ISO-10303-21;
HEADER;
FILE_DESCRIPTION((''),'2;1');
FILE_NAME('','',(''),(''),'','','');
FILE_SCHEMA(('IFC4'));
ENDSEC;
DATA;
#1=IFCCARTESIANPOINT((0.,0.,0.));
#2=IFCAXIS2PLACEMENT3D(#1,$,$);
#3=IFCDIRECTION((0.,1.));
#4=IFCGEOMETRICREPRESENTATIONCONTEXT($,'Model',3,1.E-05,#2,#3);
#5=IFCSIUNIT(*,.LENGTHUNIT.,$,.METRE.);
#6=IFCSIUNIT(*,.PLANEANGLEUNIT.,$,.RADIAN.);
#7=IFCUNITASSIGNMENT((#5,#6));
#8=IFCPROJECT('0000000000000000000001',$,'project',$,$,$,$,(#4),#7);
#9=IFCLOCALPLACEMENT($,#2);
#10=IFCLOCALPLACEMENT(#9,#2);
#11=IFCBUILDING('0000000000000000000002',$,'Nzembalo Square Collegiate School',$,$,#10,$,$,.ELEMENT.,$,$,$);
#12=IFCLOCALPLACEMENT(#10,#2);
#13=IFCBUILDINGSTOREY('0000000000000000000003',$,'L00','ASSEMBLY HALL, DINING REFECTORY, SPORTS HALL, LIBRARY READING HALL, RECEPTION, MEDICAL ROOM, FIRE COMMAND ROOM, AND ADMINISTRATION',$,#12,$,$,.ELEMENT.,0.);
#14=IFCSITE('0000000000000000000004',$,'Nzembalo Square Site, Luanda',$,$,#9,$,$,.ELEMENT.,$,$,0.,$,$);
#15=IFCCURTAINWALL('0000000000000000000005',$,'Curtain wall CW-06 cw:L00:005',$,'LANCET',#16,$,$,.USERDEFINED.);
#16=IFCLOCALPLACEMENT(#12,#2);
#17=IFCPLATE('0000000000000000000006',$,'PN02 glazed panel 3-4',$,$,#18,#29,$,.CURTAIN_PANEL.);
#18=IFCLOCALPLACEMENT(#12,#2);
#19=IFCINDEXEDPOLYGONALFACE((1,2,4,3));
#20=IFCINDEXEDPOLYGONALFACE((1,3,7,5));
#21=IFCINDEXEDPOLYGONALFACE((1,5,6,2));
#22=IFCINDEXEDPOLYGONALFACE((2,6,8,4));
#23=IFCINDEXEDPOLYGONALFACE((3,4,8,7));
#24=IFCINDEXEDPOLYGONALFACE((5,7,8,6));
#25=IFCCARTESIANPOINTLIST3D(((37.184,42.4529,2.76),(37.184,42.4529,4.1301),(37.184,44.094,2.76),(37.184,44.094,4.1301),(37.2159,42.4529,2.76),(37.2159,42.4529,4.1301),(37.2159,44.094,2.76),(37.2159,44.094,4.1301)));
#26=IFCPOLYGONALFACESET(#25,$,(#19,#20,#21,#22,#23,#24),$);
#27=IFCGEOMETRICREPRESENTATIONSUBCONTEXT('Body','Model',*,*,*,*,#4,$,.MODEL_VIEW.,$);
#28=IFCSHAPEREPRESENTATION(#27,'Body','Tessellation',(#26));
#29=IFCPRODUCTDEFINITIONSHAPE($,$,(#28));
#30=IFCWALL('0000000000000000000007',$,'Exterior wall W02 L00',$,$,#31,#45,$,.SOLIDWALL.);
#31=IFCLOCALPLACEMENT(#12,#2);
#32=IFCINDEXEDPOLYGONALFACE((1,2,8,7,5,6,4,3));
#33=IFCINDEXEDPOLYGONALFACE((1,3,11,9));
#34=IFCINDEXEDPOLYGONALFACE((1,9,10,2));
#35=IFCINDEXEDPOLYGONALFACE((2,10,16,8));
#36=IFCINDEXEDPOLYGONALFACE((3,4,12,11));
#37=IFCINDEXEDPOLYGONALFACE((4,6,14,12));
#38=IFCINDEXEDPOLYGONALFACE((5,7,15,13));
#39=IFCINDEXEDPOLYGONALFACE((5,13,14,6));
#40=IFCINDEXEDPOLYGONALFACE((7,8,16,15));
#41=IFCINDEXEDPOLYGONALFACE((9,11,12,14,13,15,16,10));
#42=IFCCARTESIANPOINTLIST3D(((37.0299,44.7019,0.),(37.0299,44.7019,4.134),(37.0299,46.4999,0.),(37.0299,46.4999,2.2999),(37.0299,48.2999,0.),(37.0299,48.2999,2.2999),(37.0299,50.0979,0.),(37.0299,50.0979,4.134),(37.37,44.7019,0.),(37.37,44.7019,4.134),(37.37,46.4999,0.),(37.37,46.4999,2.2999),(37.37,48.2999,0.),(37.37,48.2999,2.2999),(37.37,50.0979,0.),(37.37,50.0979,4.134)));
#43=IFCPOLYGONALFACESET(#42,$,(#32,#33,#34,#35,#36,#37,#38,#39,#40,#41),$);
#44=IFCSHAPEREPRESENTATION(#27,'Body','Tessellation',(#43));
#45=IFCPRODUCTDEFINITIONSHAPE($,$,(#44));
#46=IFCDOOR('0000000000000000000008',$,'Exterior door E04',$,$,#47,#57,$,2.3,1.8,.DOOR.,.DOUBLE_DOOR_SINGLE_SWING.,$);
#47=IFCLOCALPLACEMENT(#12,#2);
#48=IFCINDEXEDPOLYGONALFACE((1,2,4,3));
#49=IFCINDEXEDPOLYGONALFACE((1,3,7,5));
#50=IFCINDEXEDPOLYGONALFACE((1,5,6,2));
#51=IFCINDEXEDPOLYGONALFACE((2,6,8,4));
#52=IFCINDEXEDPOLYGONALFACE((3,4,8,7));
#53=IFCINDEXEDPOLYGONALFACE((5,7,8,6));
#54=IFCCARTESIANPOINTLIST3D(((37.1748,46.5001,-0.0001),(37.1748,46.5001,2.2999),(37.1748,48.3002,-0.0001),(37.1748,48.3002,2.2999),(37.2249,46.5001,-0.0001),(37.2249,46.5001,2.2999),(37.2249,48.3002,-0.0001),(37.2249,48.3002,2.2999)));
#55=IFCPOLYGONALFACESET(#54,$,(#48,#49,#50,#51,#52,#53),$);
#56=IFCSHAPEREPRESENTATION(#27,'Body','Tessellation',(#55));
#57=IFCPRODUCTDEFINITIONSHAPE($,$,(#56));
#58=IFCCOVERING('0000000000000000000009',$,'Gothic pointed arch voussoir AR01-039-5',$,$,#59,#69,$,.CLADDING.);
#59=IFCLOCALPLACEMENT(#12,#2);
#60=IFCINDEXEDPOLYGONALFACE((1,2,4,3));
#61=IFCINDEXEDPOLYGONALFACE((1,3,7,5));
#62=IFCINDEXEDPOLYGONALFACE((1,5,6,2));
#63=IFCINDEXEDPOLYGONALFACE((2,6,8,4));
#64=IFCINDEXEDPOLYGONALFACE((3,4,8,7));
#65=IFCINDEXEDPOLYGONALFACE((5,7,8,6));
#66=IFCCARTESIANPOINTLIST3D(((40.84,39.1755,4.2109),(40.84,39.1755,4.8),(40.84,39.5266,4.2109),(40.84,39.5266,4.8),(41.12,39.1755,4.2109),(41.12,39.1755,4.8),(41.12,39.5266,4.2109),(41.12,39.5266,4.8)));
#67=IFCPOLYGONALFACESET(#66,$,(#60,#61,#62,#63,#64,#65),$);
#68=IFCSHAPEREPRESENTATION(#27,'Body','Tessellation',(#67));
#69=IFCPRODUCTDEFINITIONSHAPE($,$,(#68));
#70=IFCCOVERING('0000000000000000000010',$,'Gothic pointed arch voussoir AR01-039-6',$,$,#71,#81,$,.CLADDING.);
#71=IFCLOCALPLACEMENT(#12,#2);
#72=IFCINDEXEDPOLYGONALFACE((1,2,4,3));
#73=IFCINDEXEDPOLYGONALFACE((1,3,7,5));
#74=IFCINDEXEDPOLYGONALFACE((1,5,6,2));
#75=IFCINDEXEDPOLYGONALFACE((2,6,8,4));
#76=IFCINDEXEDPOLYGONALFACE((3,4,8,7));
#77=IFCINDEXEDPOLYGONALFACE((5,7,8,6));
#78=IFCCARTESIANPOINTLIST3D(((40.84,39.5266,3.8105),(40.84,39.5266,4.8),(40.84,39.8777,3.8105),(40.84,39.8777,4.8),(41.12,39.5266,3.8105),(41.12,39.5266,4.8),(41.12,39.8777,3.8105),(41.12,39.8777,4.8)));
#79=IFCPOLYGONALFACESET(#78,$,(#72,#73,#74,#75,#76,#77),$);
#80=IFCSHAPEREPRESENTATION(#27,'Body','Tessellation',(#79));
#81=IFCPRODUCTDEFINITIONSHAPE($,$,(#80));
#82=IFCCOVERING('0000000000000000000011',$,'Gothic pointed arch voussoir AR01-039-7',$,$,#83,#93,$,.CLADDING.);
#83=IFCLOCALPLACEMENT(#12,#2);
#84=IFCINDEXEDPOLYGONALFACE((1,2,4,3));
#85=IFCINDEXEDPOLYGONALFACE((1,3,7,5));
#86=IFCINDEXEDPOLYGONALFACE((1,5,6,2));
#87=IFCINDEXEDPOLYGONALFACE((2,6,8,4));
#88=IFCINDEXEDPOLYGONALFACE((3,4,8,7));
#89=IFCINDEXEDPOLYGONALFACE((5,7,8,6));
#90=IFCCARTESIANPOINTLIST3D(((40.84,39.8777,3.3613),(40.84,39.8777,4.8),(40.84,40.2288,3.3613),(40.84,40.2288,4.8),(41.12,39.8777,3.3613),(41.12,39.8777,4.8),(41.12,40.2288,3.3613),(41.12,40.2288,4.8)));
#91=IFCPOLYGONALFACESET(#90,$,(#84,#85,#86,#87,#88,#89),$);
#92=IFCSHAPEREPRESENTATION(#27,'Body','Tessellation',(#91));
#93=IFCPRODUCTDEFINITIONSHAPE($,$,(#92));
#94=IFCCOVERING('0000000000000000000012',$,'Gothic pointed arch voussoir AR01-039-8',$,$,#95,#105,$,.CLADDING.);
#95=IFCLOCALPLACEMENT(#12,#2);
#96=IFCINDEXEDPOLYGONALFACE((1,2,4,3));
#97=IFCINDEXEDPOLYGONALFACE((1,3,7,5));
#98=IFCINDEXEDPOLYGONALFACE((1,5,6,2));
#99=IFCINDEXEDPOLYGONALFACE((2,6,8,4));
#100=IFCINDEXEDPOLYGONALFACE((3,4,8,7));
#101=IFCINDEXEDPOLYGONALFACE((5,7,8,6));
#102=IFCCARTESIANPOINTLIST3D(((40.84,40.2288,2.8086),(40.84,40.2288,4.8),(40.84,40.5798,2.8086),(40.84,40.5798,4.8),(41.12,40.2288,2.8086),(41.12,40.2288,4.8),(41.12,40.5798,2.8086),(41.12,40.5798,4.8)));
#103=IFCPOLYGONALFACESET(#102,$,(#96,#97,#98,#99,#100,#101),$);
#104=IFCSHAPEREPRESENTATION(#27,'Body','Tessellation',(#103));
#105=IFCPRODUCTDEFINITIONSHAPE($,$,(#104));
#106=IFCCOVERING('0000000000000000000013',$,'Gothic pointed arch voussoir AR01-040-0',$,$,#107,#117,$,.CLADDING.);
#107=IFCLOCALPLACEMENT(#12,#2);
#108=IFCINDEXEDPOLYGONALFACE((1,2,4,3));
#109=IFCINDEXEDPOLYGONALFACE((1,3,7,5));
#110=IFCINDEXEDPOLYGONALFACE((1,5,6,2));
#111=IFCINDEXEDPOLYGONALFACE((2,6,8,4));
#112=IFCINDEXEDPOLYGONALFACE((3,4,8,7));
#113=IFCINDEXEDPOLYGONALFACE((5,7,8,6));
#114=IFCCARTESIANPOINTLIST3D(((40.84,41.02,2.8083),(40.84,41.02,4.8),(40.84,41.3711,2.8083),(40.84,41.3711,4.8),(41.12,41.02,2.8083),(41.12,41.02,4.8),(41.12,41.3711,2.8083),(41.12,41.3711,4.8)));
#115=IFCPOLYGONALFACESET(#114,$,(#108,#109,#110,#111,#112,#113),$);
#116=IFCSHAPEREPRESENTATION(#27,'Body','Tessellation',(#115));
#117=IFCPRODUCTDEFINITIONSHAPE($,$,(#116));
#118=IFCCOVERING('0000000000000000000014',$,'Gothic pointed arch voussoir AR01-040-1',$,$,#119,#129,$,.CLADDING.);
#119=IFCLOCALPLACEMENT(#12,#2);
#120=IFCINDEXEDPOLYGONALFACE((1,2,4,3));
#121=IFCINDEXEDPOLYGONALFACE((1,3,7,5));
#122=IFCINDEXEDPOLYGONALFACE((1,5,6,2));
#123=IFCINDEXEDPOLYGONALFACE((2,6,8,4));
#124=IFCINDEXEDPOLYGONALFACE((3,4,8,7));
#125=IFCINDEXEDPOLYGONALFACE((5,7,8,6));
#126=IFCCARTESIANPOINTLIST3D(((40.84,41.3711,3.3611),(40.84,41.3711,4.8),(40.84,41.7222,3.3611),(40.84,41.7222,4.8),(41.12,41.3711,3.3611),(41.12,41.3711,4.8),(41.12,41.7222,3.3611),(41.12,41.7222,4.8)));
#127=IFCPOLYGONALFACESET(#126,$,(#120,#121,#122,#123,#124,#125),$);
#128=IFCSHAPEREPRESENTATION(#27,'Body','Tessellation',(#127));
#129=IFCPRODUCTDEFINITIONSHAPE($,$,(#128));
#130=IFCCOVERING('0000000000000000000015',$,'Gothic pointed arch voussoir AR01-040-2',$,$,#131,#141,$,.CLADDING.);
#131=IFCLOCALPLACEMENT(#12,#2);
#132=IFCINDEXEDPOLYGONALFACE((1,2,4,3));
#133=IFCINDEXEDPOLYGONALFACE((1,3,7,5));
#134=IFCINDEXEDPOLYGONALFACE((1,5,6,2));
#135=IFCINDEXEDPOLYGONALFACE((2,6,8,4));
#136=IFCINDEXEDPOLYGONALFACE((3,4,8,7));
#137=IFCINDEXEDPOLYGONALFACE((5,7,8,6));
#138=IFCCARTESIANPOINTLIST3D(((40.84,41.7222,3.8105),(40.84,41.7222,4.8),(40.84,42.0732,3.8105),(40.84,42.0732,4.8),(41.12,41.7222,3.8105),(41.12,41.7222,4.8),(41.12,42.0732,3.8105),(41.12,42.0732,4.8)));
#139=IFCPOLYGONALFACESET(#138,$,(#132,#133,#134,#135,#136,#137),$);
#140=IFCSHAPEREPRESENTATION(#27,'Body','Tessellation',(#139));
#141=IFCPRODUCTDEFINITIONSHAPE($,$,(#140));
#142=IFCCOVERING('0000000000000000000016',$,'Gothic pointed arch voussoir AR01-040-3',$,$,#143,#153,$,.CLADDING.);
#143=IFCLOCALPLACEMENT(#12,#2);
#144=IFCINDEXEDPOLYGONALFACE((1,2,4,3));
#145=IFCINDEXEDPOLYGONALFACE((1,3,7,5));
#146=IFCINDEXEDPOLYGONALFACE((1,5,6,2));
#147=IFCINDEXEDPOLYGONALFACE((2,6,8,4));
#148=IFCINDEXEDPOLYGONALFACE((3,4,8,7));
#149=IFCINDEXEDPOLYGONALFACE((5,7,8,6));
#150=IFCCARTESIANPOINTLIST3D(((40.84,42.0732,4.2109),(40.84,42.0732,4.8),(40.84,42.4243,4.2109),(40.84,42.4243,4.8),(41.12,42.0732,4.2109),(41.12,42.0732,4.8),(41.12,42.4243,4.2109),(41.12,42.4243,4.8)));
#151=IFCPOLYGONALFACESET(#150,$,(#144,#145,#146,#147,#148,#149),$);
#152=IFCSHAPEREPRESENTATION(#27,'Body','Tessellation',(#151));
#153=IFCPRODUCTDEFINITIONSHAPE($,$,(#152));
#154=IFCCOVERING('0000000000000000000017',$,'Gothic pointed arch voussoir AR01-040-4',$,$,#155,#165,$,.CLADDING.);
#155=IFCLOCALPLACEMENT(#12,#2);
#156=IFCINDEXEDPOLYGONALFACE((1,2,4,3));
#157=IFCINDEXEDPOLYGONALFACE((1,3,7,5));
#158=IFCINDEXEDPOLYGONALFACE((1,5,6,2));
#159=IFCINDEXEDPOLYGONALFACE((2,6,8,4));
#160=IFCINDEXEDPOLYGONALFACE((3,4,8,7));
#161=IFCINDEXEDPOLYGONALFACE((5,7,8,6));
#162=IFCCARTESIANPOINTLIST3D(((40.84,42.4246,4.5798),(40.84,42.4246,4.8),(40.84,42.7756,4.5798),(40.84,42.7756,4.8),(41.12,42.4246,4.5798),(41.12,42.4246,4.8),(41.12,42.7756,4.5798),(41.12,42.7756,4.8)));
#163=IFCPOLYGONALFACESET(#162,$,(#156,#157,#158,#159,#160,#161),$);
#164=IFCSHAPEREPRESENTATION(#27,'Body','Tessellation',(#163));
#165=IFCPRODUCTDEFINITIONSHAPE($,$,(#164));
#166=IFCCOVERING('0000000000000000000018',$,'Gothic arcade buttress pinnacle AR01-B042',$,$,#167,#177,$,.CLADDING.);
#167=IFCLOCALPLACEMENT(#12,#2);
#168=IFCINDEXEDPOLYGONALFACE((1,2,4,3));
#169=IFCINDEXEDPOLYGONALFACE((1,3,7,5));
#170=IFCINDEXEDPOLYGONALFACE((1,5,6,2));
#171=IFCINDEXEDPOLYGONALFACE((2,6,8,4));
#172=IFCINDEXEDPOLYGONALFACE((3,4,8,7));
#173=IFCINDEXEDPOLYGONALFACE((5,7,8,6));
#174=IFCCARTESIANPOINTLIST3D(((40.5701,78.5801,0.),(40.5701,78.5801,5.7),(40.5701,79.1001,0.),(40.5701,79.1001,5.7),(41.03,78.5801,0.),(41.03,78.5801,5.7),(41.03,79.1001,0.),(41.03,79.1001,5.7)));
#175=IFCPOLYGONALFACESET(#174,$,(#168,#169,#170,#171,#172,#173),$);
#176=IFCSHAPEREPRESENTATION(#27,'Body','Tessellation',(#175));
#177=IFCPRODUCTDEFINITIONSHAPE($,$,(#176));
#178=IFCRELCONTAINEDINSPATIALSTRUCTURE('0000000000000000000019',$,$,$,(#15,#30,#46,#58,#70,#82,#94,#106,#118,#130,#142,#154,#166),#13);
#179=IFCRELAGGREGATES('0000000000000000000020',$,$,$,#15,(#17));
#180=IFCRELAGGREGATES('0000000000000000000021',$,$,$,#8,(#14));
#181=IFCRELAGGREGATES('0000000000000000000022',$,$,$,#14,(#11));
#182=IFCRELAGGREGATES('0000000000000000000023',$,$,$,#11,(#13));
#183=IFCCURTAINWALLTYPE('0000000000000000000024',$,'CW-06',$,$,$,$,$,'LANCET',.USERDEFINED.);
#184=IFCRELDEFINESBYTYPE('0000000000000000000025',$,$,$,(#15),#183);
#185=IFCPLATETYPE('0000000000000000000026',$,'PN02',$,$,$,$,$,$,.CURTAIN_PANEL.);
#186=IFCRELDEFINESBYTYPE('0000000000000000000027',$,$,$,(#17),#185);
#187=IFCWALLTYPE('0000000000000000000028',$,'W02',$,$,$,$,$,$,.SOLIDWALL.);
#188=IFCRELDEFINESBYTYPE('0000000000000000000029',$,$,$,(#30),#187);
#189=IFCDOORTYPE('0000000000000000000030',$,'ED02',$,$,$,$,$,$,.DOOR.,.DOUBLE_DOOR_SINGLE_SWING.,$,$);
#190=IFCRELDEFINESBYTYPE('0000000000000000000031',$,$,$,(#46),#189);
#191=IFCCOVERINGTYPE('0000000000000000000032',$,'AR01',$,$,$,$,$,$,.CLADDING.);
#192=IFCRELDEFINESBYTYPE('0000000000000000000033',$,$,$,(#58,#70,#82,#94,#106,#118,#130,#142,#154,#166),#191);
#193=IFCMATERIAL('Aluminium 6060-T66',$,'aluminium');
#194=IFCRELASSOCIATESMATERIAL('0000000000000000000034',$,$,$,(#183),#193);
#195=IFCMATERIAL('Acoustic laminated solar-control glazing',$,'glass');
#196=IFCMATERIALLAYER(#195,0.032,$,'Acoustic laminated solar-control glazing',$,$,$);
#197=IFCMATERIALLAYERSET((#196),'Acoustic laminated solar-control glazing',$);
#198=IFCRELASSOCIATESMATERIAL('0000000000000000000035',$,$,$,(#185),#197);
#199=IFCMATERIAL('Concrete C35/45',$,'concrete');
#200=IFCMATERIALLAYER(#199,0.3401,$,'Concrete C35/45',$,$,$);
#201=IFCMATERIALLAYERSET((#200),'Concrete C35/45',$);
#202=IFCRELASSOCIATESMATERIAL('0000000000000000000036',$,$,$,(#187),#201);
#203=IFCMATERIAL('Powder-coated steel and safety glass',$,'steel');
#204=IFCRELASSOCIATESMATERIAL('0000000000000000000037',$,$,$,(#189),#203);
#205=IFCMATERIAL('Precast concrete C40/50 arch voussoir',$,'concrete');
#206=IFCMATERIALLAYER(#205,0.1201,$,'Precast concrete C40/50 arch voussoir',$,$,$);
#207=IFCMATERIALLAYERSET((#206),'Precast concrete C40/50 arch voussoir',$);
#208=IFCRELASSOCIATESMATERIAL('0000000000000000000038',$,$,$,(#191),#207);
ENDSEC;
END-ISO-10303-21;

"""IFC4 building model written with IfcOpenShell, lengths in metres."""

from ifc_helpers import new_model, si_unit, direction, frame, frame_2d, origin, origin_2d, place, context, subcontext, project, spatial, rectangle, extrude, material, layer, layer_set, type_object, element, fill, aggregate, save


model = new_model("IFC4")

# Units and contexts
model_context = context("Model", 3, precision=1e-05, world=origin(), true_north=direction((0.0, 1.0)))
body_context = subcontext(model_context, "Body", "Model", "MODEL_VIEW")
ifc_project = project(units=[si_unit("LENGTHUNIT", "METRE"), si_unit("PLANEANGLEUNIT", "RADIAN")], contexts=[model_context])

# Site, building, storey
site_placement = place(None, origin())
site = spatial("IfcSite", under=ifc_project, at=site_placement, Name="Nzembalo Square Site, Luanda", CompositionType="ELEMENT", RefElevation=0.0)
building_placement = place(site_placement, origin())
building = spatial("IfcBuilding", under=site, at=building_placement, Name="Nzembalo Square Collegiate School", CompositionType="ELEMENT")
storey_placement = place(building_placement, origin())
storey = spatial("IfcBuildingStorey", under=building, at=storey_placement, Name="L00", Description="ASSEMBLY HALL, DINING REFECTORY, SPORTS HALL, LIBRARY READING HALL, RECEPTION, MEDICAL ROOM, FIRE COMMAND ROOM, AND ADMINISTRATION", CompositionType="ELEMENT", Elevation=0.0)

# Curtain wall, plate
ifc_material_1 = material(Name="Aluminium 6060-T66", Category="aluminium")
curtain_wall_type = type_object("IfcCurtainWallType", Name="CW-06", ElementType="LANCET", PredefinedType="USERDEFINED", material=ifc_material_1)
curtain_wall_placement = place(storey_placement, origin())
curtain_wall = element("IfcCurtainWall", 1, at=curtain_wall_placement, inside=storey, type_object=curtain_wall_type, Name="Curtain wall CW-06 cw:L00:005", ObjectType="LANCET", PredefinedType="USERDEFINED")
ifc_material_2 = material(Name="Acoustic laminated solar-control glazing", Category="glass")
ifc_layer_1 = layer(ifc_material_2, 0.032, Name="Acoustic laminated solar-control glazing")
ifc_layer_set_1 = layer_set([ifc_layer_1], Name="Acoustic laminated solar-control glazing")
plate_type = type_object("IfcPlateType", Name="PN02", PredefinedType="CURTAIN_PANEL", material=ifc_layer_set_1)
plate_1_placement = place(storey_placement, frame((37.2, 43.2734, 2.76), z_axis=(0.0, 0.0, 1.0), x_axis=(0.0, 1.0, 0.0)))
plate_1 = element("IfcPlate", 2, at=plate_1_placement, type_object=plate_type, Name="PN02 glazed panel 3-4", PredefinedType="CURTAIN_PANEL", context=body_context, shape_type="SweptSolid", body=[
    extrude(rectangle(XDim=1.6411, YDim=0.032, at=origin_2d()), origin(), (0.0, 0.0, 1.0), 1.3701),
])
aggregate(curtain_wall, [plate_1])

# Wall, opening, door
ifc_material_3 = material(Name="Concrete C35/45", Category="concrete")
ifc_layer_2 = layer(ifc_material_3, 0.3401, Name="Concrete C35/45")
ifc_layer_set_2 = layer_set([ifc_layer_2], Name="Concrete C35/45")
wall_type = type_object("IfcWallType", Name="W02", PredefinedType="SOLIDWALL", material=ifc_layer_set_2)
wall_placement = place(storey_placement, frame((37.2, 44.7019, 0.0), z_axis=(0.0, 0.0, 1.0), x_axis=(0.0, 1.0, 0.0)))
wall = element("IfcWall", 3, at=wall_placement, inside=storey, type_object=wall_type, Name="Exterior wall W02 L00", PredefinedType="SOLIDWALL", context=body_context, shape_type="SweptSolid", body=[
    extrude(rectangle(XDim=5.396, YDim=0.3401, at=frame_2d((2.698, 0.0))), origin(), (0.0, 0.0, 1.0), 4.134),
])
opening_placement = place(wall_placement, frame((1.7981, 0.0, 0.0)))
opening = element("IfcOpeningElement", 4, at=opening_placement, cuts=wall, PredefinedType="OPENING", context=body_context, shape_type="SweptSolid", body=[
    extrude(rectangle(XDim=1.8, YDim=2.3, at=frame_2d((0.8999, 1.1499))), frame((0.0, 0.1802, 0.0), z_axis=(0.0, -1.0, 0.0), x_axis=(1.0, 0.0, 0.0)), (0.0, 0.0, 1.0), 0.3601),
])
ifc_material_4 = material(Name="Powder-coated steel and safety glass", Category="steel")
door_type = type_object("IfcDoorType", Name="ED02", OperationType="DOUBLE_DOOR_SINGLE_SWING", PredefinedType="DOOR", material=ifc_material_4)
door_placement = place(opening_placement, frame((1.8, 0.0, 0.0), z_axis=(0.0, 0.0, 1.0), x_axis=(-1.0, 0.0, 0.0)))
door = element("IfcDoor", 5, at=door_placement, inside=storey, type_object=door_type, Name="Exterior door E04", OperationType="DOUBLE_DOOR_SINGLE_SWING", OverallHeight=2.3, OverallWidth=1.8, PredefinedType="DOOR", context=body_context, shape_type="SweptSolid", body=[
    extrude(rectangle(XDim=1.8, YDim=2.3, at=frame_2d((0.8999, 1.1499))), frame((0.0, 0.0249, 0.0), z_axis=(0.0, -1.0, 0.0), x_axis=(1.0, 0.0, 0.0)), (0.0, 0.0, 1.0), 0.05),
])
fill(opening, door)

# Coverings
ifc_material_5 = material(Name="Precast concrete C40/50 arch voussoir", Category="concrete")
ifc_layer_3 = layer(ifc_material_5, 0.1201, Name="Precast concrete C40/50 arch voussoir")
ifc_layer_set_3 = layer_set([ifc_layer_3], Name="Precast concrete C40/50 arch voussoir")
covering_type = type_object("IfcCoveringType", Name="AR01", PredefinedType="CLADDING", material=ifc_layer_set_3)
covering_1_placement = place(storey_placement, frame((40.98, 39.3511, 4.2109), z_axis=(0.0, 0.0, 1.0), x_axis=(1.0, 0.0, 0.0)))
element("IfcCovering", 6, at=covering_1_placement, inside=storey, type_object=covering_type, Name="Gothic pointed arch voussoir AR01-039-5", PredefinedType="CLADDING", context=body_context, shape_type="SweptSolid", body=[
    extrude(rectangle(XDim=0.28, YDim=0.3511, at=origin_2d()), origin(), (0.0, 0.0, 1.0), 0.5891),
])
covering_2_placement = place(storey_placement, frame((40.98, 39.7021, 3.8105), z_axis=(0.0, 0.0, 1.0), x_axis=(1.0, 0.0, 0.0)))
element("IfcCovering", 7, at=covering_2_placement, inside=storey, type_object=covering_type, Name="Gothic pointed arch voussoir AR01-039-6", PredefinedType="CLADDING", context=body_context, shape_type="SweptSolid", body=[
    extrude(rectangle(XDim=0.28, YDim=0.3511, at=origin_2d()), origin(), (0.0, 0.0, 1.0), 0.9895),
])
covering_3_placement = place(storey_placement, frame((40.98, 40.0532, 3.3613), z_axis=(0.0, 0.0, 1.0), x_axis=(1.0, 0.0, 0.0)))
element("IfcCovering", 8, at=covering_3_placement, inside=storey, type_object=covering_type, Name="Gothic pointed arch voussoir AR01-039-7", PredefinedType="CLADDING", context=body_context, shape_type="SweptSolid", body=[
    extrude(rectangle(XDim=0.28, YDim=0.3511, at=origin_2d()), origin(), (0.0, 0.0, 1.0), 1.4387),
])
covering_4_placement = place(storey_placement, frame((40.98, 40.4043, 2.8086), z_axis=(0.0, 0.0, 1.0), x_axis=(1.0, 0.0, 0.0)))
element("IfcCovering", 9, at=covering_4_placement, inside=storey, type_object=covering_type, Name="Gothic pointed arch voussoir AR01-039-8", PredefinedType="CLADDING", context=body_context, shape_type="SweptSolid", body=[
    extrude(rectangle(XDim=0.28, YDim=0.3511, at=origin_2d()), origin(), (0.0, 0.0, 1.0), 1.9915),
])
covering_5_placement = place(storey_placement, frame((40.98, 41.1956, 2.8083), z_axis=(0.0, 0.0, 1.0), x_axis=(1.0, 0.0, 0.0)))
element("IfcCovering", 10, at=covering_5_placement, inside=storey, type_object=covering_type, Name="Gothic pointed arch voussoir AR01-040-0", PredefinedType="CLADDING", context=body_context, shape_type="SweptSolid", body=[
    extrude(rectangle(XDim=0.28, YDim=0.3511, at=origin_2d()), origin(), (0.0, 0.0, 1.0), 1.9917),
])
covering_6_placement = place(storey_placement, frame((40.98, 41.5466, 3.3611), z_axis=(0.0, 0.0, 1.0), x_axis=(1.0, 0.0, 0.0)))
element("IfcCovering", 11, at=covering_6_placement, inside=storey, type_object=covering_type, Name="Gothic pointed arch voussoir AR01-040-1", PredefinedType="CLADDING", context=body_context, shape_type="SweptSolid", body=[
    extrude(rectangle(XDim=0.28, YDim=0.3511, at=origin_2d()), origin(), (0.0, 0.0, 1.0), 1.439),
])
covering_7_placement = place(storey_placement, frame((40.98, 41.8977, 3.8105), z_axis=(0.0, 0.0, 1.0), x_axis=(1.0, 0.0, 0.0)))
element("IfcCovering", 12, at=covering_7_placement, inside=storey, type_object=covering_type, Name="Gothic pointed arch voussoir AR01-040-2", PredefinedType="CLADDING", context=body_context, shape_type="SweptSolid", body=[
    extrude(rectangle(XDim=0.28, YDim=0.3511, at=origin_2d()), origin(), (0.0, 0.0, 1.0), 0.9895),
])
covering_8_placement = place(storey_placement, frame((40.98, 42.2488, 4.2109), z_axis=(0.0, 0.0, 1.0), x_axis=(1.0, 0.0, 0.0)))
element("IfcCovering", 13, at=covering_8_placement, inside=storey, type_object=covering_type, Name="Gothic pointed arch voussoir AR01-040-3", PredefinedType="CLADDING", context=body_context, shape_type="SweptSolid", body=[
    extrude(rectangle(XDim=0.28, YDim=0.3511, at=origin_2d()), origin(), (0.0, 0.0, 1.0), 0.5891),
])
covering_9_placement = place(storey_placement, frame((40.98, 42.6001, 4.5798), z_axis=(0.0, 0.0, 1.0), x_axis=(1.0, 0.0, 0.0)))
element("IfcCovering", 14, at=covering_9_placement, inside=storey, type_object=covering_type, Name="Gothic pointed arch voussoir AR01-040-4", PredefinedType="CLADDING", context=body_context, shape_type="SweptSolid", body=[
    extrude(rectangle(XDim=0.28, YDim=0.3511, at=origin_2d()), origin(), (0.0, 0.0, 1.0), 0.2202),
])
covering_10_placement = place(storey_placement, frame((40.8, 78.8401, 0.0), z_axis=(0.0, 0.0, 1.0), x_axis=(1.0, 0.0, 0.0)))
element("IfcCovering", 15, at=covering_10_placement, inside=storey, type_object=covering_type, Name="Gothic arcade buttress pinnacle AR01-B042", PredefinedType="CLADDING", context=body_context, shape_type="SweptSolid", body=[
    extrude(rectangle(XDim=0.46, YDim=0.52, at=origin_2d()), origin(), (0.0, 0.0, 1.0), 5.7),
])

save(model, "model.ifc")
